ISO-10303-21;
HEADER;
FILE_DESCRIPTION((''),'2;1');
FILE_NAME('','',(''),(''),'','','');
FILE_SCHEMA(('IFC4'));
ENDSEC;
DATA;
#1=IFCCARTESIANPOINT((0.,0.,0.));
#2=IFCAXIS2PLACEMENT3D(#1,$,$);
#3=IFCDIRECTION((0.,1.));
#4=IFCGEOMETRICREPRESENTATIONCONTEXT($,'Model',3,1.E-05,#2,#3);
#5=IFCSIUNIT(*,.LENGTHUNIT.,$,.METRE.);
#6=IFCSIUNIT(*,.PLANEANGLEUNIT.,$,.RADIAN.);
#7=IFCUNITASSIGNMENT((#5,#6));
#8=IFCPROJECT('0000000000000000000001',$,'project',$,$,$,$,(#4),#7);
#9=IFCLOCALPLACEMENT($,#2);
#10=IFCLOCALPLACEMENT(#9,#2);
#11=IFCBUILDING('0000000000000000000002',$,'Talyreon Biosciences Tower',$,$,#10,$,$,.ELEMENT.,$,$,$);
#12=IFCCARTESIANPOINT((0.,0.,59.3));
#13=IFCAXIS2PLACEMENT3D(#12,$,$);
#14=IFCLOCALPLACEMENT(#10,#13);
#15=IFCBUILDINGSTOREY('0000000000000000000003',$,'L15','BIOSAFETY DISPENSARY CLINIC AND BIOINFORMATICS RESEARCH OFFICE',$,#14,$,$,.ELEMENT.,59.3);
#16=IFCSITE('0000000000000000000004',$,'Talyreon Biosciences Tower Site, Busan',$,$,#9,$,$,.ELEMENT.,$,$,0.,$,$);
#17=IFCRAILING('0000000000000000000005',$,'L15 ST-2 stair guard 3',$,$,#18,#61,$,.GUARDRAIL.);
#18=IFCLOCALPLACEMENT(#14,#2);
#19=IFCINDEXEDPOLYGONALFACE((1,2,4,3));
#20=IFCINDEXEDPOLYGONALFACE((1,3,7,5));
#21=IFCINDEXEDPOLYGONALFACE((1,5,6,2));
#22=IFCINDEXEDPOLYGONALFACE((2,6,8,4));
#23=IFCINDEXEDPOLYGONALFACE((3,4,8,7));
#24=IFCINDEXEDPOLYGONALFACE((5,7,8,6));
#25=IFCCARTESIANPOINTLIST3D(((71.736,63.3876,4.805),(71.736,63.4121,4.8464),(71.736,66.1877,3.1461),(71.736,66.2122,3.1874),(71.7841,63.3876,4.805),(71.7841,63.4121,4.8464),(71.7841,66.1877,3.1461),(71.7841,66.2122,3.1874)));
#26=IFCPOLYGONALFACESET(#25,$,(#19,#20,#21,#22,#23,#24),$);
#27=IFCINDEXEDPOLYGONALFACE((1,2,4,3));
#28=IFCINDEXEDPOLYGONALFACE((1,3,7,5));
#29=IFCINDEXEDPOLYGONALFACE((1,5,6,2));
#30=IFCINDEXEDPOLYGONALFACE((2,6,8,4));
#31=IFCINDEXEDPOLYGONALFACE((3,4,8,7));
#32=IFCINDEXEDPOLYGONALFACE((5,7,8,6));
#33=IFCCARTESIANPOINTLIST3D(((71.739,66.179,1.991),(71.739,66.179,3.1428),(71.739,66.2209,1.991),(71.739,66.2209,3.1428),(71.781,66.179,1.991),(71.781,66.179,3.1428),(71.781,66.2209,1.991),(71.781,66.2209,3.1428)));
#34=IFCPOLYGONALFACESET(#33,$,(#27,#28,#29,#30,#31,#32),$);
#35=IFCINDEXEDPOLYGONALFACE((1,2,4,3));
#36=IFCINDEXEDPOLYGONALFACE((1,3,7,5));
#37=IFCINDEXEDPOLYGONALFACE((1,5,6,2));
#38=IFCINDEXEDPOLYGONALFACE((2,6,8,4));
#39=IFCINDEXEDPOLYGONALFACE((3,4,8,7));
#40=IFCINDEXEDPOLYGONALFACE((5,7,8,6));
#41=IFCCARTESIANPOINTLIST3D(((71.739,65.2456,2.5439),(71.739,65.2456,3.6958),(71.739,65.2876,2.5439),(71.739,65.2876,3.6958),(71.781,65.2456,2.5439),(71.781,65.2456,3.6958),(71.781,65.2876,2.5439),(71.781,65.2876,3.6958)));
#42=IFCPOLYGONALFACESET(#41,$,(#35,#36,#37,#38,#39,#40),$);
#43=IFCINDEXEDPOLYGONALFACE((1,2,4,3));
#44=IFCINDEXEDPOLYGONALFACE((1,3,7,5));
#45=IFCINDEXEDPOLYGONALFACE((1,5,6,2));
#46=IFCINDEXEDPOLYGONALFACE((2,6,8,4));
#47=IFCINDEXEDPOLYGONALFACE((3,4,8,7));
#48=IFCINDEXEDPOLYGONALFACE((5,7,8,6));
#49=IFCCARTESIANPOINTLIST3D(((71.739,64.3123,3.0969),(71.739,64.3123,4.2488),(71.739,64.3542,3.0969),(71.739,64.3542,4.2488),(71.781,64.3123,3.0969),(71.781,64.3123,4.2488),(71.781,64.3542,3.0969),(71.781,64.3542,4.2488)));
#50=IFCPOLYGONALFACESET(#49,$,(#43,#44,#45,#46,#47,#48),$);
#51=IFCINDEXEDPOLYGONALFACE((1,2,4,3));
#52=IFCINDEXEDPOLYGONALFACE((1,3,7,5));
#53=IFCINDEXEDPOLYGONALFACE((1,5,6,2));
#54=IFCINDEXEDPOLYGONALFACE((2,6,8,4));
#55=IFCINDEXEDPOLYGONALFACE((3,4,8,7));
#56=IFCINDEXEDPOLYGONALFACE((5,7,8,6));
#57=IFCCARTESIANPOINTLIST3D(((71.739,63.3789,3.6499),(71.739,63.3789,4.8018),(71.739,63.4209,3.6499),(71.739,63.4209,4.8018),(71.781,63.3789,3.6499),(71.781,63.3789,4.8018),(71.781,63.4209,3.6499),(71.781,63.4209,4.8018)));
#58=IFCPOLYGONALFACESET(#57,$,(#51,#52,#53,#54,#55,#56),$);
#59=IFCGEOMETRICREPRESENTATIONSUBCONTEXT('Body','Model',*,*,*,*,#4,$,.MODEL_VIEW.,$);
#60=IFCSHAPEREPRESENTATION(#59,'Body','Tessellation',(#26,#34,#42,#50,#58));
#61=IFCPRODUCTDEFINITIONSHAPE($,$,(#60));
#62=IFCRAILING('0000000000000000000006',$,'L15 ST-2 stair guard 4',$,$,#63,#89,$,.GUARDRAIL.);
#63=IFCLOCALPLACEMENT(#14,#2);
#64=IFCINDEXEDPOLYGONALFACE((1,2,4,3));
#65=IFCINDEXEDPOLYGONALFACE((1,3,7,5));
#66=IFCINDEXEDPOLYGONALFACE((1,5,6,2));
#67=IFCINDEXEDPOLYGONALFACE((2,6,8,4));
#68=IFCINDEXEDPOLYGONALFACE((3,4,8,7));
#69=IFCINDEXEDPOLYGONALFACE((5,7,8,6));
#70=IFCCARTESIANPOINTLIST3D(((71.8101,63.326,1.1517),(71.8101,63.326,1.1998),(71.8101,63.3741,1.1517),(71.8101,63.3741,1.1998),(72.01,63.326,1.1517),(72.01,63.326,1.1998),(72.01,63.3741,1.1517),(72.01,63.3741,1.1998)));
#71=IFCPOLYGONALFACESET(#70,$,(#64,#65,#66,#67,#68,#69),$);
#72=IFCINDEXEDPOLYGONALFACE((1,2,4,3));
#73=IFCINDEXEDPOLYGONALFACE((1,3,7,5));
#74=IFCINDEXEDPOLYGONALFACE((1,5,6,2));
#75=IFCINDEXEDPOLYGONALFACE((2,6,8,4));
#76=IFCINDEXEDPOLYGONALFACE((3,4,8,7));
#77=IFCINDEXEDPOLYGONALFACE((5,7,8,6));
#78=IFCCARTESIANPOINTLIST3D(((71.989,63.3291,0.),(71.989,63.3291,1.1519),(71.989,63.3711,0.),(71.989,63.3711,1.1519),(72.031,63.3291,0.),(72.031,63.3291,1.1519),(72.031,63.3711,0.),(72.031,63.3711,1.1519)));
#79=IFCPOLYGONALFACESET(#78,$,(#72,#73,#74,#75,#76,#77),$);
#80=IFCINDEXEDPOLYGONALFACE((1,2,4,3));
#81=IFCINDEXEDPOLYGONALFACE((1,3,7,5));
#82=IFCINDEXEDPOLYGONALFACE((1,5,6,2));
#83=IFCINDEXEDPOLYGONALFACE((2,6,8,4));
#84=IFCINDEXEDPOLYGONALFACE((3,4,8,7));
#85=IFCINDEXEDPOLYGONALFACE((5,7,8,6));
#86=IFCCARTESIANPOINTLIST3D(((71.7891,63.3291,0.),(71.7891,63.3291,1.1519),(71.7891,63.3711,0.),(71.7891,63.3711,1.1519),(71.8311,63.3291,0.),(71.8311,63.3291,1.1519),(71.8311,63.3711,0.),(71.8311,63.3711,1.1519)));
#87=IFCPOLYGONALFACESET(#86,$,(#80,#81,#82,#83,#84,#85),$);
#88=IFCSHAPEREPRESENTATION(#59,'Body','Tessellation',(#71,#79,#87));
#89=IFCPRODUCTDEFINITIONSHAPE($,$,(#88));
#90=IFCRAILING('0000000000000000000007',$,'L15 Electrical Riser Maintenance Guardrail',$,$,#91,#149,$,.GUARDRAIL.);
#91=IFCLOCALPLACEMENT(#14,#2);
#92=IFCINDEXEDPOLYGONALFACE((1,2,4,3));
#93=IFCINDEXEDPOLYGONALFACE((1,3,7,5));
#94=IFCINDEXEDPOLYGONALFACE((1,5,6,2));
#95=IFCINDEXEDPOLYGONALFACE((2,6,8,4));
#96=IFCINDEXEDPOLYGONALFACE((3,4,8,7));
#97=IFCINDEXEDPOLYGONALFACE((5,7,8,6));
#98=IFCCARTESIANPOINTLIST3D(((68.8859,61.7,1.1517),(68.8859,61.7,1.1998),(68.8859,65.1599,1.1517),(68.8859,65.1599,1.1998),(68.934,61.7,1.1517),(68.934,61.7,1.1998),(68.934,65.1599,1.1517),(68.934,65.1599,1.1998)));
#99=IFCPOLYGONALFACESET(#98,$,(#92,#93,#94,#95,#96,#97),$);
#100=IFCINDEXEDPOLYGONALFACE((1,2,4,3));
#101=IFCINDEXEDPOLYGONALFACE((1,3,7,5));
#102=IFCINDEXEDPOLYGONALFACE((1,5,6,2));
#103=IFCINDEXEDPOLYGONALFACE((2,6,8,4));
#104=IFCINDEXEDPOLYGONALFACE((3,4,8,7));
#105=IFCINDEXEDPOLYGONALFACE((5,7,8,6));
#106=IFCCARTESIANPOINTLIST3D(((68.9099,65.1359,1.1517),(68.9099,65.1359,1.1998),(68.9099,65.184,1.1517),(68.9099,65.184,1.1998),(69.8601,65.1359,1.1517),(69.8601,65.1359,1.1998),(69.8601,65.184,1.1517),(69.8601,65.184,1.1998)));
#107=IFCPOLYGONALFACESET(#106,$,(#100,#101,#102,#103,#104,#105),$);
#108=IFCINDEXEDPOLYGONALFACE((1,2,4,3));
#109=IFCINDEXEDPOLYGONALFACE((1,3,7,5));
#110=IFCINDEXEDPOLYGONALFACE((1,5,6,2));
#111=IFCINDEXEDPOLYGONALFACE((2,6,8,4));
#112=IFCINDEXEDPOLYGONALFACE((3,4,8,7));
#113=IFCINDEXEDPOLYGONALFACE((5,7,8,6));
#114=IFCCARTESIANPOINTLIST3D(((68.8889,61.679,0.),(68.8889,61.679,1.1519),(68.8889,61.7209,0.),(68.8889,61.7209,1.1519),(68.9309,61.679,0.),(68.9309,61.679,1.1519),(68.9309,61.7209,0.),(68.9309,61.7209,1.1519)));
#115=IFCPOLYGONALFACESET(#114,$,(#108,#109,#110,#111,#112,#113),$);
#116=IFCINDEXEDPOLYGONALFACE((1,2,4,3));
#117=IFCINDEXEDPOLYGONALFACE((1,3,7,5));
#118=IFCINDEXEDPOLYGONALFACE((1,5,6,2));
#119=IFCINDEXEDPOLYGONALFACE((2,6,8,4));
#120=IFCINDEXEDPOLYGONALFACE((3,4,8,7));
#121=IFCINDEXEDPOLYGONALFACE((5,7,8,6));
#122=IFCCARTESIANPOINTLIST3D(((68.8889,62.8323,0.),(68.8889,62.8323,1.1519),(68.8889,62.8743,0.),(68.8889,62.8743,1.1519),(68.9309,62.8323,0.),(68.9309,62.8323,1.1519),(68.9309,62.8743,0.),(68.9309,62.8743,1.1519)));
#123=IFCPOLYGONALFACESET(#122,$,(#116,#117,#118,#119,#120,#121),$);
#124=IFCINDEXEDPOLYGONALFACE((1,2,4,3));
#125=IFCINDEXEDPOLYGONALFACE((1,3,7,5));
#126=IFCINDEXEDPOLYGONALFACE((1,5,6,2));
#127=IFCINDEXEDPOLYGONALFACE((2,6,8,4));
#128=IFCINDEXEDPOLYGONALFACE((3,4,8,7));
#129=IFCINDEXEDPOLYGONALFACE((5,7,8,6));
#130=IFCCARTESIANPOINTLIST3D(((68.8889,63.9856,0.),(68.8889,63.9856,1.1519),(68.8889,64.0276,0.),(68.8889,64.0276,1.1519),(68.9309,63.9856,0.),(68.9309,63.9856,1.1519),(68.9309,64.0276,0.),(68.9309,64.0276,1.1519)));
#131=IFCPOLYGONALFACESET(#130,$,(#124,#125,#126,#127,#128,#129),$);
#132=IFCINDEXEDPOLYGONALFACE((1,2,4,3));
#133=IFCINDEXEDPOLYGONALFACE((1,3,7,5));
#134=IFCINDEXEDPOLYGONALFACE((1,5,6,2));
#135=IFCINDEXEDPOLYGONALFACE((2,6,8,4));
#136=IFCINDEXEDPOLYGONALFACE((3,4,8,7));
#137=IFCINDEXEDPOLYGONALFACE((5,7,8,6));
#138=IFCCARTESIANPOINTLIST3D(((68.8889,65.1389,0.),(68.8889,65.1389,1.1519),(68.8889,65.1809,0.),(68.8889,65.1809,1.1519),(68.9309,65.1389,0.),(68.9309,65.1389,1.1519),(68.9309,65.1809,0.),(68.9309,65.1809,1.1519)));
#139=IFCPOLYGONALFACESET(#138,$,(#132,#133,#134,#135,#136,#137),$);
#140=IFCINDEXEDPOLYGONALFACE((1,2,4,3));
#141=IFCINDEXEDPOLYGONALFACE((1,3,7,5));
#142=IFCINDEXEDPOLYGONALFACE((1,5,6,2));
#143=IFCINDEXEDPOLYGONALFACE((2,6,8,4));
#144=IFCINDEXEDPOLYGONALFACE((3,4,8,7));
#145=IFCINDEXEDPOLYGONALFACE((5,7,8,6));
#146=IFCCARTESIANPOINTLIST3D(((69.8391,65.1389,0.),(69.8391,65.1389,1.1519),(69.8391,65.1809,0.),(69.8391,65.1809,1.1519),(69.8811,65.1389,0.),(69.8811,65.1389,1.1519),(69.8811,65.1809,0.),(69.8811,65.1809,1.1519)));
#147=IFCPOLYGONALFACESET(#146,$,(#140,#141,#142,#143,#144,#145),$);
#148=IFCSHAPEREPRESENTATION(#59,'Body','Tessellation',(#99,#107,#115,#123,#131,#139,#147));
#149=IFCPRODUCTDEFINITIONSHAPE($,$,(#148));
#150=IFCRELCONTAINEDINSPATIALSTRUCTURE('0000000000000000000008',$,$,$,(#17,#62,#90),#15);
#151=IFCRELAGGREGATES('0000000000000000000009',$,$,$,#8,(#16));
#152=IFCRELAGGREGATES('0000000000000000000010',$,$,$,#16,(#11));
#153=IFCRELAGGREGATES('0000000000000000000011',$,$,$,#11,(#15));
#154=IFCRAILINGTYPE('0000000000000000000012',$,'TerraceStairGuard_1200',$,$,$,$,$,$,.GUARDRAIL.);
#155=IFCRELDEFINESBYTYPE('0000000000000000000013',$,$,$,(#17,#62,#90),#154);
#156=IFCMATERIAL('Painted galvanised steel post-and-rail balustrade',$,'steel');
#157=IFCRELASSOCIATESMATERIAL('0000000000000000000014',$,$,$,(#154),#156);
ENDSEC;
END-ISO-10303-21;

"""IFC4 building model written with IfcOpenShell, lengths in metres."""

from ifc_helpers import new_model, si_unit, direction, frame, origin, origin_2d, place, context, subcontext, project, spatial, rectangle, extrude, material, type_object, element, save


model = new_model("IFC4")

# Units and contexts
model_context = context("Model", 3, precision=1e-05, world=origin(), true_north=direction((0.0, 1.0)))
body_context = subcontext(model_context, "Body", "Model", "MODEL_VIEW")
ifc_project = project(units=[si_unit("LENGTHUNIT", "METRE"), si_unit("PLANEANGLEUNIT", "RADIAN")], contexts=[model_context])

# Site, building, storey
site_placement = place(None, origin())
site = spatial("IfcSite", under=ifc_project, at=site_placement, Name="Talyreon Biosciences Tower Site, Busan", CompositionType="ELEMENT", RefElevation=0.0)
building_placement = place(site_placement, origin())
building = spatial("IfcBuilding", under=site, at=building_placement, Name="Talyreon Biosciences Tower", CompositionType="ELEMENT")
storey_placement = place(building_placement, frame((0.0, 0.0, 59.3)))
storey = spatial("IfcBuildingStorey", under=building, at=storey_placement, Name="L15", Description="BIOSAFETY DISPENSARY CLINIC AND BIOINFORMATICS RESEARCH OFFICE", CompositionType="ELEMENT", Elevation=59.3)

# Railings
ifc_material_1 = material(Name="Painted galvanised steel post-and-rail balustrade", Category="steel")
railing_type_1 = type_object("IfcRailingType", Name="TerraceStairGuard_1200", PredefinedType="GUARDRAIL", material=ifc_material_1)
railing_1_placement = place(storey_placement, frame((71.76, 66.2, 1.991)))
element("IfcRailing", 1, at=railing_1_placement, inside=storey, type_object=railing_type_1, Name="L15 ST-2 stair guard 3", PredefinedType="GUARDRAIL", context=body_context, shape_type="SweptSolid", body=[
    extrude(rectangle(XDim=0.0481, YDim=0.0481, at=origin_2d()), frame((0.0, 0.0, 1.1758), z_axis=(0.0, -0.860339, 0.509722), x_axis=(1.0, 0.0, 0.0)), (0.0, 0.0, 1.0), 3.2546),
    extrude(rectangle(XDim=0.042, YDim=0.042, at=origin_2d()), origin(), (0.0, 0.0, 1.0), 1.1519),
    extrude(rectangle(XDim=0.042, YDim=0.042, at=origin_2d()), frame((0.0, -0.9333, 0.553)), (0.0, 0.0, 1.0), 1.1519),
    extrude(rectangle(XDim=0.042, YDim=0.042, at=origin_2d()), frame((0.0, -1.8667, 1.106)), (0.0, 0.0, 1.0), 1.1519),
    extrude(rectangle(XDim=0.042, YDim=0.042, at=origin_2d()), frame((0.0, -2.8, 1.6589)), (0.0, 0.0, 1.0), 1.1519),
])
railing_2_placement = place(storey_placement, frame((72.01, 63.3501, 0.0)))
element("IfcRailing", 2, at=railing_2_placement, inside=storey, type_object=railing_type_1, Name="L15 ST-2 stair guard 4", PredefinedType="GUARDRAIL", context=body_context, shape_type="SweptSolid", body=[
    extrude(rectangle(XDim=0.0481, YDim=0.0481, at=origin_2d()), frame((0.0, 0.0, 1.1758), z_axis=(-1.0, 0.0, 0.0), x_axis=(0.0, -1.0, 0.0)), (0.0, 0.0, 1.0), 0.2),
    extrude(rectangle(XDim=0.042, YDim=0.042, at=origin_2d()), origin(), (0.0, 0.0, 1.0), 1.1519),
    extrude(rectangle(XDim=0.042, YDim=0.042, at=origin_2d()), frame((-0.2, 0.0, 0.0)), (0.0, 0.0, 1.0), 1.1519),
])
railing_3_placement = place(storey_placement, frame((68.9099, 61.7, 0.0)))
element("IfcRailing", 3, at=railing_3_placement, inside=storey, type_object=railing_type_1, Name="L15 Electrical Riser Maintenance Guardrail", PredefinedType="GUARDRAIL", context=body_context, shape_type="SweptSolid", body=[
    extrude(rectangle(XDim=0.0481, YDim=0.0481, at=origin_2d()), frame((0.0, 0.0, 1.1758), z_axis=(0.0, 1.0, 0.0), x_axis=(-1.0, 0.0, 0.0)), (0.0, 0.0, 1.0), 3.46),
    extrude(rectangle(XDim=0.0481, YDim=0.0481, at=origin_2d()), frame((0.0, 3.46, 1.1758), z_axis=(1.0, 0.0, 0.0), x_axis=(0.0, 1.0, 0.0)), (0.0, 0.0, 1.0), 0.9502),
    extrude(rectangle(XDim=0.042, YDim=0.042, at=origin_2d()), origin(), (0.0, 0.0, 1.0), 1.1519),
    extrude(rectangle(XDim=0.042, YDim=0.042, at=origin_2d()), frame((0.0, 1.1533, 0.0)), (0.0, 0.0, 1.0), 1.1519),
    extrude(rectangle(XDim=0.042, YDim=0.042, at=origin_2d()), frame((0.0, 2.3066, 0.0)), (0.0, 0.0, 1.0), 1.1519),
    extrude(rectangle(XDim=0.042, YDim=0.042, at=origin_2d()), frame((0.0, 3.46, 0.0)), (0.0, 0.0, 1.0), 1.1519),
    extrude(rectangle(XDim=0.042, YDim=0.042, at=origin_2d()), frame((0.9502, 3.46, 0.0)), (0.0, 0.0, 1.0), 1.1519),
])

save(model, "model.ifc")
